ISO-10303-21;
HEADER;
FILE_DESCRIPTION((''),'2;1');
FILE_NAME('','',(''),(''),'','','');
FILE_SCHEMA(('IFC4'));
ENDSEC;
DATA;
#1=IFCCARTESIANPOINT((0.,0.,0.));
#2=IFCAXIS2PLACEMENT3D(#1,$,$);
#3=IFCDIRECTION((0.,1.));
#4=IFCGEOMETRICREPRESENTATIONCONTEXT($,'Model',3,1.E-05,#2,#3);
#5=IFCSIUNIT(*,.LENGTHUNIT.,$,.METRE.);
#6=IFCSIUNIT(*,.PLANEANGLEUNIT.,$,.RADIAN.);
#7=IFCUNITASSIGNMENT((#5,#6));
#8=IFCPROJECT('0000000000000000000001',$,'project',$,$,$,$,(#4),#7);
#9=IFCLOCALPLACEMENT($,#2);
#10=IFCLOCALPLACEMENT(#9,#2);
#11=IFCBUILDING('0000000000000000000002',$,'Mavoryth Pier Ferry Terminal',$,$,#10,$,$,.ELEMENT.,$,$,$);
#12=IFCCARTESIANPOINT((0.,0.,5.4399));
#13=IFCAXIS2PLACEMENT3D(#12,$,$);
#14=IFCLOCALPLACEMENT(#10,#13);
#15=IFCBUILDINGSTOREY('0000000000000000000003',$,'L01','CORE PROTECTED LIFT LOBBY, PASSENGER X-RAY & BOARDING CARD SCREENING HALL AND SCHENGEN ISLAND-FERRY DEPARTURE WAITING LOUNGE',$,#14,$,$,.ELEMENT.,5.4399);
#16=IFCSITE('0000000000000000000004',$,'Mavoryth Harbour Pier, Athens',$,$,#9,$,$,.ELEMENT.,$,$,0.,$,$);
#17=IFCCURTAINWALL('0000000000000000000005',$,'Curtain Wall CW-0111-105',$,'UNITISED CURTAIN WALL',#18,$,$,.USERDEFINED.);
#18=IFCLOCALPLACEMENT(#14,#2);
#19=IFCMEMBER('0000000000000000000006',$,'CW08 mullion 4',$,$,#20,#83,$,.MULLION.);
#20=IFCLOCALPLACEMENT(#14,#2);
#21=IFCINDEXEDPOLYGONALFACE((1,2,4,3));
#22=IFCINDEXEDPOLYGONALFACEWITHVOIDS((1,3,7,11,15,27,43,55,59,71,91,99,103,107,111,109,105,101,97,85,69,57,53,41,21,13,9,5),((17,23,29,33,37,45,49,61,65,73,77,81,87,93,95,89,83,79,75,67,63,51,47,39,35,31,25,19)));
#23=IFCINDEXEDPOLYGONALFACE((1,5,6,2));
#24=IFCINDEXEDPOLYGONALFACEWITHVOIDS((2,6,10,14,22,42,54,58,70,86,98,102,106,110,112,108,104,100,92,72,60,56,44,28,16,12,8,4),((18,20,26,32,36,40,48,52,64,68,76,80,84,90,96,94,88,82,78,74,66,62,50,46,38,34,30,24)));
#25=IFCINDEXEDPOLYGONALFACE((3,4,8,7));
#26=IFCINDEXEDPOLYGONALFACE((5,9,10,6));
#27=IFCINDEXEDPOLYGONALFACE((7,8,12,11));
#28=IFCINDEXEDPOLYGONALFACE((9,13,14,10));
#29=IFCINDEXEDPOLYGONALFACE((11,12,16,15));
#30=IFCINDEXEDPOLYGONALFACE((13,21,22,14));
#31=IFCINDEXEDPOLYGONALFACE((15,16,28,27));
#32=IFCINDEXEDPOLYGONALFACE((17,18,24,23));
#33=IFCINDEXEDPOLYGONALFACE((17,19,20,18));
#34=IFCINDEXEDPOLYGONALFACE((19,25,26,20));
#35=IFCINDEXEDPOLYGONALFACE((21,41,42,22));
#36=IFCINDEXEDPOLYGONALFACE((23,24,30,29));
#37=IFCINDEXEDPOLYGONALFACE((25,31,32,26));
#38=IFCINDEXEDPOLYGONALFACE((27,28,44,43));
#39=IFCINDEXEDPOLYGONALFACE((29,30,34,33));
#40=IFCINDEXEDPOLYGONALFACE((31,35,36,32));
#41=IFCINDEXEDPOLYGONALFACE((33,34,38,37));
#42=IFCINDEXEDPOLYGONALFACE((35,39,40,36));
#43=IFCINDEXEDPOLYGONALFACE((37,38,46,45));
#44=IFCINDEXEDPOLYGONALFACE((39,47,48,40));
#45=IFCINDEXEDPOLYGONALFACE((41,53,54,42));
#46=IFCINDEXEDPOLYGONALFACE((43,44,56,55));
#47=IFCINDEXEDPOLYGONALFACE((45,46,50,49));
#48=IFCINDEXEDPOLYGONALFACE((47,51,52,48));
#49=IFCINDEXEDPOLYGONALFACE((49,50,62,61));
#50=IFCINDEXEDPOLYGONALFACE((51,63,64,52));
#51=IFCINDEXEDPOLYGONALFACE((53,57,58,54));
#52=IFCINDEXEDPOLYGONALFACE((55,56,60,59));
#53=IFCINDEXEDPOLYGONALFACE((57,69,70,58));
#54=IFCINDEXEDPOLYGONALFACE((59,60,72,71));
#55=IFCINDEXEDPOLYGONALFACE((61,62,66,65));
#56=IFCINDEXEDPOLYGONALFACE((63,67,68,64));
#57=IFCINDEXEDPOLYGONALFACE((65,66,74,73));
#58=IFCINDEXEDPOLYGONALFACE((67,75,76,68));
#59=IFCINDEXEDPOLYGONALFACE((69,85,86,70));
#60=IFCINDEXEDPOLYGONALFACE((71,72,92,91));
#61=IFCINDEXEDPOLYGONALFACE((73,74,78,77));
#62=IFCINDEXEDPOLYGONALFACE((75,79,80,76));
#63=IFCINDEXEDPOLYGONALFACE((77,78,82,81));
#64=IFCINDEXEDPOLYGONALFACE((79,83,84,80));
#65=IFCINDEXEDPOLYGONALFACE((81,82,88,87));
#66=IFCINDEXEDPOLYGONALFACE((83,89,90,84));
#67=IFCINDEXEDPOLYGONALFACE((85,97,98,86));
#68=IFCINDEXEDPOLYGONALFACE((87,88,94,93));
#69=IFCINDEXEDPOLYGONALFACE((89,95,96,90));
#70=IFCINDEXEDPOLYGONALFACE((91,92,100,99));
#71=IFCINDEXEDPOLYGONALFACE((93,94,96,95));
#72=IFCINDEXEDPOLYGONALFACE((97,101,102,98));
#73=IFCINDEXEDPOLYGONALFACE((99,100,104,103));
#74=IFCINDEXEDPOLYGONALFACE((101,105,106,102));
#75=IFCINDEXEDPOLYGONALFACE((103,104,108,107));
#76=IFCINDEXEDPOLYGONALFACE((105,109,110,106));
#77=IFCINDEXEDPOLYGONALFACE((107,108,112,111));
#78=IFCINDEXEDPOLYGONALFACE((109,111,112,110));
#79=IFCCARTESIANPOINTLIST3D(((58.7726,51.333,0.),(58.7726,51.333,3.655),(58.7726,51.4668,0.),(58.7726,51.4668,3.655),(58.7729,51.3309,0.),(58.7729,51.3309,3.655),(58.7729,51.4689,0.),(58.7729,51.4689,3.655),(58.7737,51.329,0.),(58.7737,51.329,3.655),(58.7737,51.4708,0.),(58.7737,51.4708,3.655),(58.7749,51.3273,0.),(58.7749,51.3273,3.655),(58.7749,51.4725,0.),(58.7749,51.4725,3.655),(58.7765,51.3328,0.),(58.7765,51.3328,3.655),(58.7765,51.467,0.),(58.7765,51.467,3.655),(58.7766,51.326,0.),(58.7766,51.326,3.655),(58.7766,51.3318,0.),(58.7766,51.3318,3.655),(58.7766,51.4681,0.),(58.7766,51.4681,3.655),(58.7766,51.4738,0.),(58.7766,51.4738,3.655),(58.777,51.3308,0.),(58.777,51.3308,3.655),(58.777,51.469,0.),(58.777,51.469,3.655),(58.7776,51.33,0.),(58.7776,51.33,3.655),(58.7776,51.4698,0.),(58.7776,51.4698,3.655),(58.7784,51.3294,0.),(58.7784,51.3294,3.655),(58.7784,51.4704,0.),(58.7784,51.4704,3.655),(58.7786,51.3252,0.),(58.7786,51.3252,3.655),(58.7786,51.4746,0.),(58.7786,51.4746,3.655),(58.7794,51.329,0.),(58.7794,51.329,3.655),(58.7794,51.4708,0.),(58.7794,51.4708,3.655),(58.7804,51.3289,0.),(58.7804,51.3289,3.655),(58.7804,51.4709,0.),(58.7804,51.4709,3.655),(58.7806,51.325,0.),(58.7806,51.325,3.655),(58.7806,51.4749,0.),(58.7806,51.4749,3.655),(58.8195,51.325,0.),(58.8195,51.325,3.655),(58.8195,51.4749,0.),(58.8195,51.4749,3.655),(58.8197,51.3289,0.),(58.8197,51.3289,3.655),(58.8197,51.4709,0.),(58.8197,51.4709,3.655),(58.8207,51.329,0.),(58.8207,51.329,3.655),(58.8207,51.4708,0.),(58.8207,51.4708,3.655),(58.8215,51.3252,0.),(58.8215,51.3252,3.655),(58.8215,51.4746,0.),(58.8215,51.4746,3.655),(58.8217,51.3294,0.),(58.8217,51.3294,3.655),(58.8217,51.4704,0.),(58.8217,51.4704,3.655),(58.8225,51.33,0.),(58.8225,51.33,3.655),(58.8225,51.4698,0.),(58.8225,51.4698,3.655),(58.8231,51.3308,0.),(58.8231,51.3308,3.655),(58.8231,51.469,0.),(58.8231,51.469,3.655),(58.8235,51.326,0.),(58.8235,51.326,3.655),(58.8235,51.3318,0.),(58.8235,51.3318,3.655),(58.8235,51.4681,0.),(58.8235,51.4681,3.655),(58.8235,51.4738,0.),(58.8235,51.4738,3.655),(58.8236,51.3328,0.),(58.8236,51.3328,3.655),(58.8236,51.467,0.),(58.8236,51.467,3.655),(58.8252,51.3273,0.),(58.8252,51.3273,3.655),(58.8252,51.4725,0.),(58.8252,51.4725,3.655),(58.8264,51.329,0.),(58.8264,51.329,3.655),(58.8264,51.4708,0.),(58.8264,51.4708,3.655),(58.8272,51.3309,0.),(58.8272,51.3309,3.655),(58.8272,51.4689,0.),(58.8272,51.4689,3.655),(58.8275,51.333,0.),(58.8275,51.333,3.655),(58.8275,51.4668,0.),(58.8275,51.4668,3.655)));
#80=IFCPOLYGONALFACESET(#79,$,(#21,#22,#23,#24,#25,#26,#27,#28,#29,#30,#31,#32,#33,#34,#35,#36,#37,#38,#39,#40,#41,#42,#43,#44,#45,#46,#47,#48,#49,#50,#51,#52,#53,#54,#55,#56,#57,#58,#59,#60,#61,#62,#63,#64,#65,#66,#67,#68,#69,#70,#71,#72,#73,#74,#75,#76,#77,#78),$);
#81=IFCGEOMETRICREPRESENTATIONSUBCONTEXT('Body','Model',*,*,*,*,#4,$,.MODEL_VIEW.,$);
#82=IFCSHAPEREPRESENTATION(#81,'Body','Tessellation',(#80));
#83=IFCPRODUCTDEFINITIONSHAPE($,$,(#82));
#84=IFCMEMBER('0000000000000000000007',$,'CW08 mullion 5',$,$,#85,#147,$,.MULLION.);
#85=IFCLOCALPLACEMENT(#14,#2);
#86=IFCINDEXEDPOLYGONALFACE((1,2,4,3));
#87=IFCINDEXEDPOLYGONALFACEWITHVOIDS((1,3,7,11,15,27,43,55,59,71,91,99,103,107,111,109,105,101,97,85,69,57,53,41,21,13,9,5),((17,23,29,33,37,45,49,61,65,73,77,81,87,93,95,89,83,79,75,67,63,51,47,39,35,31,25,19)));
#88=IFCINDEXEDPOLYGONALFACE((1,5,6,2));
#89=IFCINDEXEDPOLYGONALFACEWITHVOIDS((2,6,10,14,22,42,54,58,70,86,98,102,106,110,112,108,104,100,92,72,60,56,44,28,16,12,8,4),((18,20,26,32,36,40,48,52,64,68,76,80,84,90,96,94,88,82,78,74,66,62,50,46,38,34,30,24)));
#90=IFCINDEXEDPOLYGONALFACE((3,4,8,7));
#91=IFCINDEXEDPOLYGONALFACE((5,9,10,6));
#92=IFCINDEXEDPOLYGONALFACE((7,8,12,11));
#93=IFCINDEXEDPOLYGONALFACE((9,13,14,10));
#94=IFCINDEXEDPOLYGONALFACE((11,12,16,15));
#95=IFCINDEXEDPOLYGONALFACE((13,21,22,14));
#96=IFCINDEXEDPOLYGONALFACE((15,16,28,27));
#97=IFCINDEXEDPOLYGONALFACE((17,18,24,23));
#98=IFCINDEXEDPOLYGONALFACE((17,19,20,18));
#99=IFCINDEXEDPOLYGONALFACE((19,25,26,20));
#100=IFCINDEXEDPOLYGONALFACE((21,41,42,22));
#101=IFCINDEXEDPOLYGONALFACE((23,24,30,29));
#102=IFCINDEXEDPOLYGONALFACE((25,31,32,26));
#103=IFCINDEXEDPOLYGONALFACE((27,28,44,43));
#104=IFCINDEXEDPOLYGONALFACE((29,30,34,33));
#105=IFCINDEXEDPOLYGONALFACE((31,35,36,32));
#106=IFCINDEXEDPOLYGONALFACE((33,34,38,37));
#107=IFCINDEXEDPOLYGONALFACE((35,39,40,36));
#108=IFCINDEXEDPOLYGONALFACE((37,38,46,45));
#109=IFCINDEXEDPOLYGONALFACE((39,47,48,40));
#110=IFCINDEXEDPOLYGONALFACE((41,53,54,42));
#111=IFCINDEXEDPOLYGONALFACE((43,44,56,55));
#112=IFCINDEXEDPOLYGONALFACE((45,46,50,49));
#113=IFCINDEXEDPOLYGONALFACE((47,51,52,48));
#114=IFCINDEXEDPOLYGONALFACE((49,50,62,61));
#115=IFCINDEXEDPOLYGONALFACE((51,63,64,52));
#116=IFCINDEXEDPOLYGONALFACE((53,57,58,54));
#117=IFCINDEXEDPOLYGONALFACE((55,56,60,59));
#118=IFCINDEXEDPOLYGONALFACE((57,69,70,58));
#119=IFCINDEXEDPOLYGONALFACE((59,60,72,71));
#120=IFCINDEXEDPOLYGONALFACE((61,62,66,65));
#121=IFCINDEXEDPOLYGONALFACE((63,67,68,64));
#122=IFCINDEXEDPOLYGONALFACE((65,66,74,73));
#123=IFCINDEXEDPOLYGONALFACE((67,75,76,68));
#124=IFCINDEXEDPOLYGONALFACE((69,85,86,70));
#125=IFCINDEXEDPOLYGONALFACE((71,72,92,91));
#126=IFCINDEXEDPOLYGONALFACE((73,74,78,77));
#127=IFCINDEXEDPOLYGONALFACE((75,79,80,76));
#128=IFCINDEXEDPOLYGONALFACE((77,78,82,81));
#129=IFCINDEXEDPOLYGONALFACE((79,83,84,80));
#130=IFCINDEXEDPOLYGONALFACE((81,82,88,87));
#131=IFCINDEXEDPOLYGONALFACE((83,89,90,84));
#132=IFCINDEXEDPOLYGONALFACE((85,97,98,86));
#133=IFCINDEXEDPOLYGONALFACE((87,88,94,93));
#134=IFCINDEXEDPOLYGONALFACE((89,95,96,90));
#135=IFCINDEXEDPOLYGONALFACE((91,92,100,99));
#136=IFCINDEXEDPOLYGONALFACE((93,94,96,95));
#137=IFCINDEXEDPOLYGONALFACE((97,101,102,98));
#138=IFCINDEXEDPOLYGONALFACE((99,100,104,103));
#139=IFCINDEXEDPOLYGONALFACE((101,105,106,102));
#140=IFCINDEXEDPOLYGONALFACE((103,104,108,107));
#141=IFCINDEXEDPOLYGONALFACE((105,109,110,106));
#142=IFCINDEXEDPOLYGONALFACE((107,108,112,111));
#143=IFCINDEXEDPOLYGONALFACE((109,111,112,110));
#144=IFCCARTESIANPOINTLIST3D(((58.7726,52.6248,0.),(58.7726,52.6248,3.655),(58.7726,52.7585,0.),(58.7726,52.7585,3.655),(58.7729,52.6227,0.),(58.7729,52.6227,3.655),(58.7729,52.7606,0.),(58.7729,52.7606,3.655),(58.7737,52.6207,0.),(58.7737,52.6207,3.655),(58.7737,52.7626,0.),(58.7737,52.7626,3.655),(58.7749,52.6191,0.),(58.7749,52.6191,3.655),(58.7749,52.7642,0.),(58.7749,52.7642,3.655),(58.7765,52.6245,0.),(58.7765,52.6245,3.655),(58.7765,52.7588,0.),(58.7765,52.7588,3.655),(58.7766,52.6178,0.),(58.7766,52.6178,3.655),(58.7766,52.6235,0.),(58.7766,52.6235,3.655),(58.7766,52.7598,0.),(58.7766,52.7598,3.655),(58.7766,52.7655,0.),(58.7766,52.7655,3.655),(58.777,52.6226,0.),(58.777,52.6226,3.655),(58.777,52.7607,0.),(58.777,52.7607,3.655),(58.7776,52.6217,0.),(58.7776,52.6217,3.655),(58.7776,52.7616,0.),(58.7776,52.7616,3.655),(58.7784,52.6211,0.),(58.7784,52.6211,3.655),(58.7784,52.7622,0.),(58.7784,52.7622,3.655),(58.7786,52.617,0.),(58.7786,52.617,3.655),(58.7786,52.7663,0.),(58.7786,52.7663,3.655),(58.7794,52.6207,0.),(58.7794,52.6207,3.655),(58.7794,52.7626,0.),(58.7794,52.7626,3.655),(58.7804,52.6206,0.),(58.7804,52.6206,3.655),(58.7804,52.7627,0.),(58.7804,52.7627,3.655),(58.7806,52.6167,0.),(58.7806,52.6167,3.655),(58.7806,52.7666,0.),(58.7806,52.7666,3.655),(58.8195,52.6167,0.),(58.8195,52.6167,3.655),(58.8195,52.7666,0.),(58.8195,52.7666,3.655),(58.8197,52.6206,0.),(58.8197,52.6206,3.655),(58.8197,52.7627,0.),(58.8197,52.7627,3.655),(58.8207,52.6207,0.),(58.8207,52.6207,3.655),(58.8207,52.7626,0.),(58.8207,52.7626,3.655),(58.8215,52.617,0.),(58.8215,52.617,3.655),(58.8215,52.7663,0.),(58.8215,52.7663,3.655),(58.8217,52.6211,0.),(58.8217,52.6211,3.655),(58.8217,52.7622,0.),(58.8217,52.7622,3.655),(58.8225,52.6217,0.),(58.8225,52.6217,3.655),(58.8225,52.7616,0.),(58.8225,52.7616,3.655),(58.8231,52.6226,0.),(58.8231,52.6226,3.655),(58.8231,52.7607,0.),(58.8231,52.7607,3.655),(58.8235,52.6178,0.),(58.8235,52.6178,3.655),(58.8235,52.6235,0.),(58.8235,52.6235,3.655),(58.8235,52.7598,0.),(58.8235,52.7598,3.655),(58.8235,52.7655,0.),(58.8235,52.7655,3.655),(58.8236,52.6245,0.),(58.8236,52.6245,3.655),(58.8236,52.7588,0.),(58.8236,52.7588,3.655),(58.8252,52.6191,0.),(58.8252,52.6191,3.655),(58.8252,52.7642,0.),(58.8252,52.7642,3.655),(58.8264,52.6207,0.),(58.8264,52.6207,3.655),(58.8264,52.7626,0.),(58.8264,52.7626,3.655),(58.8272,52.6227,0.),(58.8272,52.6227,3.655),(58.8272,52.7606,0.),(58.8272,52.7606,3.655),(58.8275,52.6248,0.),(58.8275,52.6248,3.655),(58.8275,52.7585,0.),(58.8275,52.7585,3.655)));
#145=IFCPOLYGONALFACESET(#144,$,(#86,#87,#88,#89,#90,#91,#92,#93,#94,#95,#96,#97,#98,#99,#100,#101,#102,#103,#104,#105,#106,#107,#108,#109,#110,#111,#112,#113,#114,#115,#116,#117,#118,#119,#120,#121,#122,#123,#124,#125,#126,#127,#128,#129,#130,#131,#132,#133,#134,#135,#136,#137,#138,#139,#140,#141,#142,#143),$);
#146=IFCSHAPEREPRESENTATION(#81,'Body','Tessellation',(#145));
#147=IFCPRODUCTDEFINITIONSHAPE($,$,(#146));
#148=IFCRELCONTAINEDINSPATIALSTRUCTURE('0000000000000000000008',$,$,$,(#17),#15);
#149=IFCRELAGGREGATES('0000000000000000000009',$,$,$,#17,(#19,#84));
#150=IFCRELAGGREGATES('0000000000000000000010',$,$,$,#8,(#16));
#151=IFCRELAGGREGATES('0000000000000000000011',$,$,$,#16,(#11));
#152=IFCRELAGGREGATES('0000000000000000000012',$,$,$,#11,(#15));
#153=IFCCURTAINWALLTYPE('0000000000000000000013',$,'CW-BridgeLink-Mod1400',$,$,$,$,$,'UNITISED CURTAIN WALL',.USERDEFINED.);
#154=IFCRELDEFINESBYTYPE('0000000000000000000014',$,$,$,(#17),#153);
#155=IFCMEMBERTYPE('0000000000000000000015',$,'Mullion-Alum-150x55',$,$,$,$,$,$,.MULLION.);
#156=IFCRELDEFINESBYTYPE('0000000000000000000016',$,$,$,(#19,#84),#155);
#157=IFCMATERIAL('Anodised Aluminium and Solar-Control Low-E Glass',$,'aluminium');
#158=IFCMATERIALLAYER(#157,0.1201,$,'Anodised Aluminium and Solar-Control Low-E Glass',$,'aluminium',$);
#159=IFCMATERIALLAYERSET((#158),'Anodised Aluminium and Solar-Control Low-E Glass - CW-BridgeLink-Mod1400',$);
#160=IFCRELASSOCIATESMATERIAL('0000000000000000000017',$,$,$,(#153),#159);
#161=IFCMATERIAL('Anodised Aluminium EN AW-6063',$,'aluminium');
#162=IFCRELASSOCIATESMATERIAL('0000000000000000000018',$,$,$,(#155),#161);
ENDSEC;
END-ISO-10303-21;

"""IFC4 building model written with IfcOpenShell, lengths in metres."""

from ifc_helpers import new_model, si_unit, direction, frame, origin, origin_2d, place, context, subcontext, project, spatial, hollow_rectangle, extrude, material, layer, layer_set, material_profile, profile_set, type_object, element, aggregate, save


model = new_model("IFC4")

# Units and contexts
model_context = context("Model", 3, precision=1e-05, world=origin(), true_north=direction((0.0, 1.0)))
body_context = subcontext(model_context, "Body", "Model", "MODEL_VIEW")
ifc_project = project(units=[si_unit("LENGTHUNIT", "METRE"), si_unit("PLANEANGLEUNIT", "RADIAN")], contexts=[model_context])

# Site, building, storey
site_placement = place(None, origin())
site = spatial("IfcSite", under=ifc_project, at=site_placement, Name="Mavoryth Harbour Pier, Athens", CompositionType="ELEMENT", RefElevation=0.0)
building_placement = place(site_placement, origin())
building = spatial("IfcBuilding", under=site, at=building_placement, Name="Mavoryth Pier Ferry Terminal", CompositionType="ELEMENT")
storey_placement = place(building_placement, frame((0.0, 0.0, 5.4399)))
storey = spatial("IfcBuildingStorey", under=building, at=storey_placement, Name="L01", Description="CORE PROTECTED LIFT LOBBY, PASSENGER X-RAY & BOARDING CARD SCREENING HALL AND SCHENGEN ISLAND-FERRY DEPARTURE WAITING LOUNGE", CompositionType="ELEMENT", Elevation=5.4399)

# Curtain wall, members
ifc_material_1 = material(Name="Anodised Aluminium and Solar-Control Low-E Glass", Category="aluminium")
ifc_layer_1 = layer(ifc_material_1, 0.1201, Name="Anodised Aluminium and Solar-Control Low-E Glass", Category="aluminium")
ifc_layer_set_1 = layer_set([ifc_layer_1], Name="Anodised Aluminium and Solar-Control Low-E Glass - CW-BridgeLink-Mod1400")
curtain_wall_type = type_object("IfcCurtainWallType", Name="CW-BridgeLink-Mod1400", ElementType="UNITISED CURTAIN WALL", PredefinedType="USERDEFINED", material=ifc_layer_set_1)
curtain_wall_placement = place(storey_placement, origin())
curtain_wall = element("IfcCurtainWall", 1, at=curtain_wall_placement, inside=storey, type_object=curtain_wall_type, Name="Curtain Wall CW-0111-105", ObjectType="UNITISED CURTAIN WALL", PredefinedType="USERDEFINED")
ifc_material_2 = material(Name="Anodised Aluminium EN AW-6063", Category="aluminium")
ifc_material_profile_1 = material_profile(ifc_material_2, hollow_rectangle(XDim=0.0549, YDim=0.1499, WallThickness=0.0039, InnerFilletRadius=0.0039, OuterFilletRadius=0.0081, at=origin_2d()), Name="AL-MULL 150x55x4", Category="aluminium")
ifc_profile_set_1 = profile_set([ifc_material_profile_1], Name="Anodised Aluminium EN AW-6063 - AL-MULL 150x55x4")
member_type_1 = type_object("IfcMemberType", Name="Mullion-Alum-150x55", PredefinedType="MULLION", material=ifc_profile_set_1)
member_1_placement = place(storey_placement, frame((58.8, 51.3999, 0.0), z_axis=(0.0, 0.0, 1.0), x_axis=(-1.0, 0.0, 0.0)))
member_1 = element("IfcMember", 2, at=member_1_placement, type_object=member_type_1, Name="CW08 mullion 4", PredefinedType="MULLION", context=body_context, shape_type="SweptSolid", body=[
    extrude(hollow_rectangle(XDim=0.0549, YDim=0.1499, WallThickness=0.0039, InnerFilletRadius=0.0039, OuterFilletRadius=0.0081, at=origin_2d()), origin(), (0.0, 0.0, 1.0), 3.655),
])
member_2_placement = place(storey_placement, frame((58.8, 52.6917, 0.0), z_axis=(0.0, 0.0, 1.0), x_axis=(-1.0, 0.0, 0.0)))
member_2 = element("IfcMember", 3, at=member_2_placement, type_object=member_type_1, Name="CW08 mullion 5", PredefinedType="MULLION", context=body_context, shape_type="SweptSolid", body=[
    extrude(hollow_rectangle(XDim=0.0549, YDim=0.1499, WallThickness=0.0039, InnerFilletRadius=0.0039, OuterFilletRadius=0.0081, at=origin_2d()), origin(), (0.0, 0.0, 1.0), 3.655),
])
aggregate(curtain_wall, [member_1, member_2])

save(model, "model.ifc")
